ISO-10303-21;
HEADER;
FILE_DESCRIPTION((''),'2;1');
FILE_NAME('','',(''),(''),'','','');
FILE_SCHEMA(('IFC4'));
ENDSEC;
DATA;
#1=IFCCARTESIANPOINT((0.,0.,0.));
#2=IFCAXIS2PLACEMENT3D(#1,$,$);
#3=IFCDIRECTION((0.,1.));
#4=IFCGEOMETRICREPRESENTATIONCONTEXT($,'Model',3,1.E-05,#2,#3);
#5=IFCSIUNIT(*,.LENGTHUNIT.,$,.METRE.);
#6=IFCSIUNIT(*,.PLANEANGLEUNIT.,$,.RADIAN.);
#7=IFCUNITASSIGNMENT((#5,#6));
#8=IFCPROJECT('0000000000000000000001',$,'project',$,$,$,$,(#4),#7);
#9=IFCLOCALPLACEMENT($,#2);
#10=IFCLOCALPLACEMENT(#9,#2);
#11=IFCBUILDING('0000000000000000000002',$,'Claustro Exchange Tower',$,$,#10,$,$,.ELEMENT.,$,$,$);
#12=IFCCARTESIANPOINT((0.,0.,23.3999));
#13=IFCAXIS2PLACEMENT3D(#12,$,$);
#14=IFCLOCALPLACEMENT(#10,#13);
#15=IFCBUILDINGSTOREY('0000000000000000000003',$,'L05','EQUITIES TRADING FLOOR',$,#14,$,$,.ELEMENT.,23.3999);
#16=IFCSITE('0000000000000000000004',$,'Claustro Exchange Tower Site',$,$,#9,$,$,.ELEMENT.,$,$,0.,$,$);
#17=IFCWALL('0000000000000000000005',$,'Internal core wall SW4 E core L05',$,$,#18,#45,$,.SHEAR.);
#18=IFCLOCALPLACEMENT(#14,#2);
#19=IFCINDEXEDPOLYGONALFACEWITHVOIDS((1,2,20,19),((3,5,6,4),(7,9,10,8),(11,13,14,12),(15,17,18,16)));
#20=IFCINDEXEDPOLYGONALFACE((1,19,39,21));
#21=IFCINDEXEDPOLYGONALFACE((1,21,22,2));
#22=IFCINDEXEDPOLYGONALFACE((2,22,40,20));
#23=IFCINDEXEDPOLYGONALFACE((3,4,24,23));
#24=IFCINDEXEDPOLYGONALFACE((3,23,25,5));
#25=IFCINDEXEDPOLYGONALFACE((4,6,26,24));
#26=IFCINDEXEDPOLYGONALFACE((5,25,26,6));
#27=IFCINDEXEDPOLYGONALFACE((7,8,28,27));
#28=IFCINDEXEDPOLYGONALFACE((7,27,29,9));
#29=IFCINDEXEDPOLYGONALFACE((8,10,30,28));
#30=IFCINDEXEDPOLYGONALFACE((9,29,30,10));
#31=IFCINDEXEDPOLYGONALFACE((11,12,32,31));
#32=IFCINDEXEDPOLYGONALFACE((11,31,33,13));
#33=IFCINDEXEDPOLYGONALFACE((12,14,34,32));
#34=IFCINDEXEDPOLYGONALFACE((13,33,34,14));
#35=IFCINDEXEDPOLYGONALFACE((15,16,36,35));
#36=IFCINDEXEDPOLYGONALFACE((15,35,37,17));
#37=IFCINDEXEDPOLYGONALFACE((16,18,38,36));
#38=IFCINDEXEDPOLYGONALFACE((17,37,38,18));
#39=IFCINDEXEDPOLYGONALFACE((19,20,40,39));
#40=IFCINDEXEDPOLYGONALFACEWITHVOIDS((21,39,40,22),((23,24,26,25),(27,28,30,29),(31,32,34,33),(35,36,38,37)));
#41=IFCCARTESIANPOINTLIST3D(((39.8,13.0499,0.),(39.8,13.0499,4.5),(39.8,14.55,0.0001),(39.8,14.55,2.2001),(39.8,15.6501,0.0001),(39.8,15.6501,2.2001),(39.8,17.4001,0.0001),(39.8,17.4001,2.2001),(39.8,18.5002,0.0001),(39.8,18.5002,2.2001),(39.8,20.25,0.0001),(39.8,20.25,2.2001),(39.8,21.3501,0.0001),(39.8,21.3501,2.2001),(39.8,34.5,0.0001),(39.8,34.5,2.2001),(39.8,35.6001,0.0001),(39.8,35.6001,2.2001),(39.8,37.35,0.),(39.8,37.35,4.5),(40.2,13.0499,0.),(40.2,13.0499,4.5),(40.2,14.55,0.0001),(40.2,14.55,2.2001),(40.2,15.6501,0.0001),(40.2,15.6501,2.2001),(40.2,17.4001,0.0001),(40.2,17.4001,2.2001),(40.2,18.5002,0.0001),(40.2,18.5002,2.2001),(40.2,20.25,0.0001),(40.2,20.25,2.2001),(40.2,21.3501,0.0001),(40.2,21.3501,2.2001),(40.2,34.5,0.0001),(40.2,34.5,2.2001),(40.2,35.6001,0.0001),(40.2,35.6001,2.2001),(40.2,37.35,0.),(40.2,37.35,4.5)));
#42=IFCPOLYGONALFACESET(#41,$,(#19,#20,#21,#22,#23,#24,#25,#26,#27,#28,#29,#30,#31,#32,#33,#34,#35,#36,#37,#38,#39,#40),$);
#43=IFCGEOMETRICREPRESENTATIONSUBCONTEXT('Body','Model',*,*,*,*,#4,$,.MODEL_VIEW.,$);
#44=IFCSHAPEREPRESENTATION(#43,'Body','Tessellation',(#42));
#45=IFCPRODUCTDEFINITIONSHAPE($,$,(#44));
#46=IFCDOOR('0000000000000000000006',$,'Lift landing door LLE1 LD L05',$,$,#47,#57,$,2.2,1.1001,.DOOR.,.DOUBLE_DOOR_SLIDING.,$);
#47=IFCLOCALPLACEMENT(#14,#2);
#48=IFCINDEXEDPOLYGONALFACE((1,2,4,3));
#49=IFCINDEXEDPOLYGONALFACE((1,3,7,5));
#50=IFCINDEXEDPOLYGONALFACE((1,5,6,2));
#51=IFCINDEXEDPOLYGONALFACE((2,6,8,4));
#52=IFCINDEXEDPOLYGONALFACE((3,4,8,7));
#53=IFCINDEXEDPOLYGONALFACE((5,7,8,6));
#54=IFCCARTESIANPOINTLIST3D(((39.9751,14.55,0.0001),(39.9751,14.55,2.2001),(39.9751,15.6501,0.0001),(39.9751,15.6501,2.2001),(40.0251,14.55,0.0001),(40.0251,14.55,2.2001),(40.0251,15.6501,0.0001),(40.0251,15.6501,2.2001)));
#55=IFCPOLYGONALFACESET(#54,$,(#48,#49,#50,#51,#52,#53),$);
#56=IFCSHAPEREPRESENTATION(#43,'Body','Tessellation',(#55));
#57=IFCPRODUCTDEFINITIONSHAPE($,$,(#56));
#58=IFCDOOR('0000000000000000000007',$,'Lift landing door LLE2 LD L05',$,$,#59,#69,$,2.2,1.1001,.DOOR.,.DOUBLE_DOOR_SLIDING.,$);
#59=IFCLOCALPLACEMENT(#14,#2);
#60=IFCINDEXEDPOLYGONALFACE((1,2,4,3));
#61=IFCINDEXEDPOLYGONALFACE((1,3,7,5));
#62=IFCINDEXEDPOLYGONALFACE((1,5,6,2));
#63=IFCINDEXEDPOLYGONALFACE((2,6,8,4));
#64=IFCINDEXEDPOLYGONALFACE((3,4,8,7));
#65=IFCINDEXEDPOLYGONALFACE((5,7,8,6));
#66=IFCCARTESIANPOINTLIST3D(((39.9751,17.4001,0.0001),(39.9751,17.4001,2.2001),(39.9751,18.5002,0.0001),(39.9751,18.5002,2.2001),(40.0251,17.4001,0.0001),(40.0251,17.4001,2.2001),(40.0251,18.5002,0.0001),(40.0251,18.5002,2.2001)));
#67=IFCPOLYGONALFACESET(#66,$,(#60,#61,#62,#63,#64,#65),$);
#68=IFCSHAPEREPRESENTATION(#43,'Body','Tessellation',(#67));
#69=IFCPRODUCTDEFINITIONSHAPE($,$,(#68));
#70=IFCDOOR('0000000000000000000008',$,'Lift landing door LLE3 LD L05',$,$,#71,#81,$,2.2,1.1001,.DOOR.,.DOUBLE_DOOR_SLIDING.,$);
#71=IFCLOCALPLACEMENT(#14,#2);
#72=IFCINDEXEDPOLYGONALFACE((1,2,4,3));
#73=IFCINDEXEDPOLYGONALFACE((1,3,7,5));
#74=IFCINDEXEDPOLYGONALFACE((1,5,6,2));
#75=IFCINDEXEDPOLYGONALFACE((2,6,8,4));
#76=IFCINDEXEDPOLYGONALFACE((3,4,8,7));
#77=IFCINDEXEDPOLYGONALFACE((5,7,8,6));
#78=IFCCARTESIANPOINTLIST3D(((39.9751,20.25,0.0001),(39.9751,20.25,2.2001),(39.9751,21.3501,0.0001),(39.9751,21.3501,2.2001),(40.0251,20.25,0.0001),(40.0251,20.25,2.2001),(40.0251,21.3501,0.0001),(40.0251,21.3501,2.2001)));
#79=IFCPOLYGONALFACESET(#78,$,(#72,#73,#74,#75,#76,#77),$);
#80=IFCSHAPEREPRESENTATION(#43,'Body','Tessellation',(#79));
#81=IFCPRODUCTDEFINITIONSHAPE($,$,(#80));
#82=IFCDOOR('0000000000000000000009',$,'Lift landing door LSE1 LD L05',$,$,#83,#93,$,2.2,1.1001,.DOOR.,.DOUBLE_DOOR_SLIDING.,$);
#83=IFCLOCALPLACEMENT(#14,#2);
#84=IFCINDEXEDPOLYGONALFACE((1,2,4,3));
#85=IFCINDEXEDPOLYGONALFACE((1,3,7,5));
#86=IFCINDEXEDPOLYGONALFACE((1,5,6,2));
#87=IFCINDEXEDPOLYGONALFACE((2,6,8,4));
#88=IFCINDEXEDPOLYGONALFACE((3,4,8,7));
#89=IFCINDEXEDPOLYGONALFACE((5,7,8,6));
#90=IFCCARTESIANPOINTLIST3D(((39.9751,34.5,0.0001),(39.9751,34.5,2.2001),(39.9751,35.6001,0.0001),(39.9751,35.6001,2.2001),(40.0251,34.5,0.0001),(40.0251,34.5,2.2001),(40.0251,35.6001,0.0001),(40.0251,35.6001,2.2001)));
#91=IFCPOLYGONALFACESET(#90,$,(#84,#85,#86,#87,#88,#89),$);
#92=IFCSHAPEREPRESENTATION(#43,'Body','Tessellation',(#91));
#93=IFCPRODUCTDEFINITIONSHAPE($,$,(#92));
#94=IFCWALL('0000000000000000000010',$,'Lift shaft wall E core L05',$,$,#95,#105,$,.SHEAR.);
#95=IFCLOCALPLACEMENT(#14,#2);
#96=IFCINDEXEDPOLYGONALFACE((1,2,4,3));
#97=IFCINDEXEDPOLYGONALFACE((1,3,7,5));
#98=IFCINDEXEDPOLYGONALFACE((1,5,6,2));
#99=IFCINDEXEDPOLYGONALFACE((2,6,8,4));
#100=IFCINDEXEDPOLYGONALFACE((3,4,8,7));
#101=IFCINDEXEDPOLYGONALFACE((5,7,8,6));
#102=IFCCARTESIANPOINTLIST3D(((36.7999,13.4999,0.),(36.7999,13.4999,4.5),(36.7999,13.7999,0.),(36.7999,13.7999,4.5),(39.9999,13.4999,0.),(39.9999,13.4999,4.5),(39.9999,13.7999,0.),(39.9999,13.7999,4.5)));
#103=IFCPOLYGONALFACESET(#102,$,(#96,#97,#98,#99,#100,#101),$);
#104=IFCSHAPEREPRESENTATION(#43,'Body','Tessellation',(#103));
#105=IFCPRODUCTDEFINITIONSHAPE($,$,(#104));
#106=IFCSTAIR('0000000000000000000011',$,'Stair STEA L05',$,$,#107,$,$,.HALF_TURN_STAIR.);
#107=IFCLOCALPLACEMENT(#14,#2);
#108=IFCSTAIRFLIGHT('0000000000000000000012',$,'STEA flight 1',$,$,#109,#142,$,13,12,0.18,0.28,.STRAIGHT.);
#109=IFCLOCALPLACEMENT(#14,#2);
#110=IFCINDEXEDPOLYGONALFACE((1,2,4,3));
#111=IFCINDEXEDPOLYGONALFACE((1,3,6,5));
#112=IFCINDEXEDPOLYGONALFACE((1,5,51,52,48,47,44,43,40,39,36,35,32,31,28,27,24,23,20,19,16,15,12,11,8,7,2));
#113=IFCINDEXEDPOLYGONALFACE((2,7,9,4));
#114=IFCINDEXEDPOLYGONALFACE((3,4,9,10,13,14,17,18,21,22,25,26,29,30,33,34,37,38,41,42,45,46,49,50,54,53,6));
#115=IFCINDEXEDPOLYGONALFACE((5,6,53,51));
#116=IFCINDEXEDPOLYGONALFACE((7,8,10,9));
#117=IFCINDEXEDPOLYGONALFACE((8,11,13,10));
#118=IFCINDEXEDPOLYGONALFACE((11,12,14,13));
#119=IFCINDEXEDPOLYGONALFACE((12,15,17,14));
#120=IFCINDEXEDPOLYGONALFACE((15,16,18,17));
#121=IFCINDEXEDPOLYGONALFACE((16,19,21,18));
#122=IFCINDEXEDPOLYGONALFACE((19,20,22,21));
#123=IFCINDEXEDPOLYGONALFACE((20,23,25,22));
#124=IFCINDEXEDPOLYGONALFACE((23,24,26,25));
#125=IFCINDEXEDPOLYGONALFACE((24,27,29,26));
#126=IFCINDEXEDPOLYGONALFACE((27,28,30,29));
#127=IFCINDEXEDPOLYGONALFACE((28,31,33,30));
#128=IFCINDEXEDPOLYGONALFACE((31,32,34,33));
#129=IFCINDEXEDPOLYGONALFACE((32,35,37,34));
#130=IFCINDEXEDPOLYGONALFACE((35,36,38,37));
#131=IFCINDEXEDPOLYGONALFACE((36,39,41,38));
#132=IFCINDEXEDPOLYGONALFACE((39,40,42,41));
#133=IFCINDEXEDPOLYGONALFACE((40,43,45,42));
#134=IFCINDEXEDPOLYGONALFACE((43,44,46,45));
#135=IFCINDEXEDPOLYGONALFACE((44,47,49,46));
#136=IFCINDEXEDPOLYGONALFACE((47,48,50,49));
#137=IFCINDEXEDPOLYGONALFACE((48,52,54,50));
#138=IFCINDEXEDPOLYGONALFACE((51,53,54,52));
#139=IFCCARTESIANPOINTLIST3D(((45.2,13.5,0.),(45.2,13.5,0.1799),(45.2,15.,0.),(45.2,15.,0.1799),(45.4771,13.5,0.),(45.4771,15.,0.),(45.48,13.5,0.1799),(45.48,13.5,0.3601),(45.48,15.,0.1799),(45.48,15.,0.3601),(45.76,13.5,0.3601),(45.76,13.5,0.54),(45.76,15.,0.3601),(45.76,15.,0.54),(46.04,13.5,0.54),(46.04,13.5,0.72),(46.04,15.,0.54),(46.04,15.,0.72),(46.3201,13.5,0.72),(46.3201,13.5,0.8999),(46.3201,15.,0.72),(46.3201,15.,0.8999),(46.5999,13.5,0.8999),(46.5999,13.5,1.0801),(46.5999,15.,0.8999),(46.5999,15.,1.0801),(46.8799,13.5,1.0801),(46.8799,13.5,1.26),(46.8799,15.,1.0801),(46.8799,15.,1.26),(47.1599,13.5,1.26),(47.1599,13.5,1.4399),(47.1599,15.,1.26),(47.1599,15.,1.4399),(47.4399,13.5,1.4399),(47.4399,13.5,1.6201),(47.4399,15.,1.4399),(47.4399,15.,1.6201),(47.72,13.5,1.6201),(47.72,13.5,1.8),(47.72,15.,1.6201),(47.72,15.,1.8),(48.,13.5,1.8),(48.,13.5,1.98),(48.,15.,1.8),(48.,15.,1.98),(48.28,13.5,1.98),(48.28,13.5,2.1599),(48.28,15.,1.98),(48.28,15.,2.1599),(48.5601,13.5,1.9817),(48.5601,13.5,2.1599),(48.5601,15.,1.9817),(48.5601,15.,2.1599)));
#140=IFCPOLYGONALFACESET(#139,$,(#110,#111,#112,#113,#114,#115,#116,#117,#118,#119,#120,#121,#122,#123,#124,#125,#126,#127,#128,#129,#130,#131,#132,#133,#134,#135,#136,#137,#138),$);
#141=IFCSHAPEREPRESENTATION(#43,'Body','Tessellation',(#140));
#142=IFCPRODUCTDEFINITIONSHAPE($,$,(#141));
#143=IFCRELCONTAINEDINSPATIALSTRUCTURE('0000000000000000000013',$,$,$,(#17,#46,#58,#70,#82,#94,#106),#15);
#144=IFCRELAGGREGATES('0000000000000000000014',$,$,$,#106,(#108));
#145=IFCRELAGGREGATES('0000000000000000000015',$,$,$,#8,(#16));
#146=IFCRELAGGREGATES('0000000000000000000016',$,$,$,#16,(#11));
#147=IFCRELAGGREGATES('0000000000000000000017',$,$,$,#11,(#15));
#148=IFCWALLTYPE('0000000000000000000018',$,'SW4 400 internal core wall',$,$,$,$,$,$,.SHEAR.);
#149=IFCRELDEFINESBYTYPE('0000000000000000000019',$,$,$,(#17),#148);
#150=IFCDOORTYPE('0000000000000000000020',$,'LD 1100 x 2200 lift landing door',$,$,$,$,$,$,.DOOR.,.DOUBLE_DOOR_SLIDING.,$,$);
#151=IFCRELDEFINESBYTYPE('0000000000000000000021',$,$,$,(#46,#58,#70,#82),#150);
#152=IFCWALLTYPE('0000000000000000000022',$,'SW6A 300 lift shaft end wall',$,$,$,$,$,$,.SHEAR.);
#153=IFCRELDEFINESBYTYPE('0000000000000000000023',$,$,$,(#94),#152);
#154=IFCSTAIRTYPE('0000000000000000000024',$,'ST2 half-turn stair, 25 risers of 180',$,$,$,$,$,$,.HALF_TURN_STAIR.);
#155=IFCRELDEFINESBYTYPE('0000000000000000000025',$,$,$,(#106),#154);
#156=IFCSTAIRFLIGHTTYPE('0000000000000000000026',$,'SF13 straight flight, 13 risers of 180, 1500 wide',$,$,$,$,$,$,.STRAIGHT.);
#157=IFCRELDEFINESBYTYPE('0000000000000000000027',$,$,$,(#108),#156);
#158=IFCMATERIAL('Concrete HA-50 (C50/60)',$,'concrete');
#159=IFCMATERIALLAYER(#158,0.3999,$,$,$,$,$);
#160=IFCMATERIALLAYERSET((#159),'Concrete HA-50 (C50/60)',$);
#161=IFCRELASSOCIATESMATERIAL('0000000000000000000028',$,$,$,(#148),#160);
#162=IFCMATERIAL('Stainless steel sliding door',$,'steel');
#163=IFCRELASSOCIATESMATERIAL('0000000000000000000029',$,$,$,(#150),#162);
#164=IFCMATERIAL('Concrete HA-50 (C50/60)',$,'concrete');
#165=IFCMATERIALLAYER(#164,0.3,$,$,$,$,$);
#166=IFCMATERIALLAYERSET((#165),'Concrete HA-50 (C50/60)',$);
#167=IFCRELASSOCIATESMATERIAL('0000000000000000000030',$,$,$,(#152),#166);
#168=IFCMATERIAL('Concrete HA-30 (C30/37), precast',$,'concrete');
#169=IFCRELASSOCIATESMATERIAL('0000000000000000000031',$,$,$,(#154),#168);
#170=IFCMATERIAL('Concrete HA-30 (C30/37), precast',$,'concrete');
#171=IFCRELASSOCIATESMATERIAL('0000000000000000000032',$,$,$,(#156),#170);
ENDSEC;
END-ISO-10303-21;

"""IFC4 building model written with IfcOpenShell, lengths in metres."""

from ifc_helpers import new_model, si_unit, direction, frame, frame_2d, origin, place, context, subcontext, project, spatial, polyline, rectangle, outline, extrude, material, layer, layer_set, type_object, element, fill, aggregate, save


model = new_model("IFC4")

# Units and contexts
model_context = context("Model", 3, precision=1e-05, world=origin(), true_north=direction((0.0, 1.0)))
body_context = subcontext(model_context, "Body", "Model", "MODEL_VIEW")
ifc_project = project(units=[si_unit("LENGTHUNIT", "METRE"), si_unit("PLANEANGLEUNIT", "RADIAN")], contexts=[model_context])

# Site, building, storey
site_placement = place(None, origin())
site = spatial("IfcSite", under=ifc_project, at=site_placement, Name="Claustro Exchange Tower Site", CompositionType="ELEMENT", RefElevation=0.0)
building_placement = place(site_placement, origin())
building = spatial("IfcBuilding", under=site, at=building_placement, Name="Claustro Exchange Tower", CompositionType="ELEMENT")
storey_placement = place(building_placement, frame((0.0, 0.0, 23.3999)))
storey = spatial("IfcBuildingStorey", under=building, at=storey_placement, Name="L05", Description="EQUITIES TRADING FLOOR", CompositionType="ELEMENT", Elevation=23.3999)

# Wall, openings, doors
ifc_material_1 = material(Name="Concrete HA-50 (C50/60)", Category="concrete")
ifc_layer_1 = layer(ifc_material_1, 0.3999)
ifc_layer_set_1 = layer_set([ifc_layer_1], Name="Concrete HA-50 (C50/60)")
wall_type_1 = type_object("IfcWallType", Name="SW4 400 internal core wall", PredefinedType="SHEAR", material=ifc_layer_set_1)
ifc_material_2 = material(Name="Stainless steel sliding door", Category="steel")
door_type_1 = type_object("IfcDoorType", Name="LD 1100 x 2200 lift landing door", OperationType="DOUBLE_DOOR_SLIDING", PredefinedType="DOOR", material=ifc_material_2)
wall_1_placement = place(storey_placement, frame((40.0, 13.05, 0.0), z_axis=(0.0, 0.0, 1.0), x_axis=(0.0, 1.0, 0.0)))
wall_1 = element("IfcWall", 1, at=wall_1_placement, inside=storey, type_object=wall_type_1, Name="Internal core wall SW4 E core L05", PredefinedType="SHEAR", context=body_context, shape_type="SweptSolid", body=[
    extrude(rectangle(XDim=24.3, YDim=0.3999, at=frame_2d((12.1499, 0.0))), origin(), (0.0, 0.0, 1.0), 4.5),
])
opening_1_placement = place(wall_1_placement, frame((1.5, 0.0, 0.0)))
opening_1 = element("IfcOpeningElement", 2, at=opening_1_placement, cuts=wall_1, PredefinedType="OPENING", context=body_context, shape_type="SweptSolid", body=[
    extrude(rectangle(XDim=1.1001, YDim=2.2, at=frame_2d((0.55, 1.1001))), frame((0.0, 0.21, 0.0), z_axis=(0.0, -1.0, 0.0), x_axis=(1.0, 0.0, 0.0)), (0.0, 0.0, 1.0), 0.4199),
])
opening_2_placement = place(wall_1_placement, frame((4.3501, 0.0, 0.0)))
opening_2 = element("IfcOpeningElement", 3, at=opening_2_placement, cuts=wall_1, PredefinedType="OPENING", context=body_context, shape_type="SweptSolid", body=[
    extrude(rectangle(XDim=1.1001, YDim=2.2, at=frame_2d((0.55, 1.1001))), frame((0.0, 0.21, 0.0), z_axis=(0.0, -1.0, 0.0), x_axis=(1.0, 0.0, 0.0)), (0.0, 0.0, 1.0), 0.4199),
])
opening_3_placement = place(wall_1_placement, frame((7.2, 0.0, 0.0)))
opening_3 = element("IfcOpeningElement", 4, at=opening_3_placement, cuts=wall_1, PredefinedType="OPENING", context=body_context, shape_type="SweptSolid", body=[
    extrude(rectangle(XDim=1.1001, YDim=2.2, at=frame_2d((0.55, 1.1001))), frame((0.0, 0.21, 0.0), z_axis=(0.0, -1.0, 0.0), x_axis=(1.0, 0.0, 0.0)), (0.0, 0.0, 1.0), 0.4199),
])
opening_4_placement = place(wall_1_placement, frame((21.45, 0.0, 0.0)))
opening_4 = element("IfcOpeningElement", 5, at=opening_4_placement, cuts=wall_1, PredefinedType="OPENING", context=body_context, shape_type="SweptSolid", body=[
    extrude(rectangle(XDim=1.1001, YDim=2.2, at=frame_2d((0.55, 1.1001))), frame((0.0, 0.21, 0.0), z_axis=(0.0, -1.0, 0.0), x_axis=(1.0, 0.0, 0.0)), (0.0, 0.0, 1.0), 0.4199),
])
door_1_placement = place(opening_1_placement, origin())
door_1 = element("IfcDoor", 6, at=door_1_placement, inside=storey, type_object=door_type_1, Name="Lift landing door LLE1 LD L05", OperationType="DOUBLE_DOOR_SLIDING", OverallHeight=2.2, OverallWidth=1.1001, PredefinedType="DOOR", context=body_context, shape_type="SweptSolid", body=[
    extrude(rectangle(XDim=1.1001, YDim=2.2, at=frame_2d((0.55, 1.1001))), frame((0.0, 0.0249, 0.0), z_axis=(0.0, -1.0, 0.0), x_axis=(1.0, 0.0, 0.0)), (0.0, 0.0, 1.0), 0.05),
])
fill(opening_1, door_1)
door_2_placement = place(opening_2_placement, origin())
door_2 = element("IfcDoor", 7, at=door_2_placement, inside=storey, type_object=door_type_1, Name="Lift landing door LLE2 LD L05", OperationType="DOUBLE_DOOR_SLIDING", OverallHeight=2.2, OverallWidth=1.1001, PredefinedType="DOOR", context=body_context, shape_type="SweptSolid", body=[
    extrude(rectangle(XDim=1.1001, YDim=2.2, at=frame_2d((0.55, 1.1001))), frame((0.0, 0.0249, 0.0), z_axis=(0.0, -1.0, 0.0), x_axis=(1.0, 0.0, 0.0)), (0.0, 0.0, 1.0), 0.05),
])
fill(opening_2, door_2)
door_3_placement = place(opening_3_placement, origin())
door_3 = element("IfcDoor", 8, at=door_3_placement, inside=storey, type_object=door_type_1, Name="Lift landing door LLE3 LD L05", OperationType="DOUBLE_DOOR_SLIDING", OverallHeight=2.2, OverallWidth=1.1001, PredefinedType="DOOR", context=body_context, shape_type="SweptSolid", body=[
    extrude(rectangle(XDim=1.1001, YDim=2.2, at=frame_2d((0.55, 1.1001))), frame((0.0, 0.0249, 0.0), z_axis=(0.0, -1.0, 0.0), x_axis=(1.0, 0.0, 0.0)), (0.0, 0.0, 1.0), 0.05),
])
fill(opening_3, door_3)
door_4_placement = place(opening_4_placement, origin())
door_4 = element("IfcDoor", 9, at=door_4_placement, inside=storey, type_object=door_type_1, Name="Lift landing door LSE1 LD L05", OperationType="DOUBLE_DOOR_SLIDING", OverallHeight=2.2, OverallWidth=1.1001, PredefinedType="DOOR", context=body_context, shape_type="SweptSolid", body=[
    extrude(rectangle(XDim=1.1001, YDim=2.2, at=frame_2d((0.55, 1.1001))), frame((0.0, 0.0249, 0.0), z_axis=(0.0, -1.0, 0.0), x_axis=(1.0, 0.0, 0.0)), (0.0, 0.0, 1.0), 0.05),
])
fill(opening_4, door_4)

# Wall
ifc_material_3 = material(Name="Concrete HA-50 (C50/60)", Category="concrete")
ifc_layer_2 = layer(ifc_material_3, 0.3)
ifc_layer_set_2 = layer_set([ifc_layer_2], Name="Concrete HA-50 (C50/60)")
wall_type_2 = type_object("IfcWallType", Name="SW6A 300 lift shaft end wall", PredefinedType="SHEAR", material=ifc_layer_set_2)
wall_2_placement = place(storey_placement, frame((40.0, 13.6499, 0.0), z_axis=(0.0, 0.0, 1.0), x_axis=(-1.0, 0.0, 0.0)))
element("IfcWall", 10, at=wall_2_placement, inside=storey, type_object=wall_type_2, Name="Lift shaft wall E core L05", PredefinedType="SHEAR", context=body_context, shape_type="SweptSolid", body=[
    extrude(rectangle(XDim=3.2, YDim=0.3, at=frame_2d((1.6001, 0.0))), origin(), (0.0, 0.0, 1.0), 4.5),
])

# Stair, stair flight
ifc_material_4 = material(Name="Concrete HA-30 (C30/37), precast", Category="concrete")
stair_type = type_object("IfcStairType", Name="ST2 half-turn stair, 25 risers of 180", PredefinedType="HALF_TURN_STAIR", material=ifc_material_4)
stair_placement = place(storey_placement, origin())
stair = element("IfcStair", 11, at=stair_placement, inside=storey, type_object=stair_type, Name="Stair STEA L05", PredefinedType="HALF_TURN_STAIR")
ifc_material_5 = material(Name="Concrete HA-30 (C30/37), precast", Category="concrete")
stair_flight_type = type_object("IfcStairFlightType", Name="SF13 straight flight, 13 risers of 180, 1500 wide", PredefinedType="STRAIGHT", material=ifc_material_5)
stair_flight_placement = place(storey_placement, frame((45.2, 14.25, 0.0), z_axis=(0.0, 0.0, 1.0), x_axis=(1.0, 0.0, 0.0)))
stair_flight = element("IfcStairFlight", 12, at=stair_flight_placement, type_object=stair_flight_type, Name="STEA flight 1", NumberOfRisers=13, NumberOfTreads=12, PredefinedType="STRAIGHT", RiserHeight=0.18, TreadLength=0.28, context=body_context, shape_type="SweptSolid", body=[
    extrude(outline(polyline([(0.0, 0.0), (0.0, 0.1799), (0.28, 0.1799), (0.28, 0.3601), (0.5601, 0.3601), (0.5601, 0.54), (0.8401, 0.54), (0.8401, 0.72), (1.1201, 0.72), (1.1201, 0.8999), (1.3999, 0.8999), (1.3999, 1.0801), (1.6799, 1.0801), (1.6799, 1.26), (1.96, 1.26), (1.96, 1.4399), (2.24, 1.4399), (2.24, 1.6201), (2.52, 1.6201), (2.52, 1.8), (2.8, 1.8), (2.8, 1.98), (3.0801, 1.98), (3.0801, 2.1599), (3.3601, 2.1599), (3.3601, 2.3401), (3.3601, 1.9817), (0.2771, 0.0), (0.0, 0.0)])), frame((0.0, 0.75, 0.0), z_axis=(0.0, -1.0, 0.0), x_axis=(1.0, 0.0, 0.0)), (0.0, 0.0, 1.0), 1.5),
])
aggregate(stair, [stair_flight])

save(model, "model.ifc")
